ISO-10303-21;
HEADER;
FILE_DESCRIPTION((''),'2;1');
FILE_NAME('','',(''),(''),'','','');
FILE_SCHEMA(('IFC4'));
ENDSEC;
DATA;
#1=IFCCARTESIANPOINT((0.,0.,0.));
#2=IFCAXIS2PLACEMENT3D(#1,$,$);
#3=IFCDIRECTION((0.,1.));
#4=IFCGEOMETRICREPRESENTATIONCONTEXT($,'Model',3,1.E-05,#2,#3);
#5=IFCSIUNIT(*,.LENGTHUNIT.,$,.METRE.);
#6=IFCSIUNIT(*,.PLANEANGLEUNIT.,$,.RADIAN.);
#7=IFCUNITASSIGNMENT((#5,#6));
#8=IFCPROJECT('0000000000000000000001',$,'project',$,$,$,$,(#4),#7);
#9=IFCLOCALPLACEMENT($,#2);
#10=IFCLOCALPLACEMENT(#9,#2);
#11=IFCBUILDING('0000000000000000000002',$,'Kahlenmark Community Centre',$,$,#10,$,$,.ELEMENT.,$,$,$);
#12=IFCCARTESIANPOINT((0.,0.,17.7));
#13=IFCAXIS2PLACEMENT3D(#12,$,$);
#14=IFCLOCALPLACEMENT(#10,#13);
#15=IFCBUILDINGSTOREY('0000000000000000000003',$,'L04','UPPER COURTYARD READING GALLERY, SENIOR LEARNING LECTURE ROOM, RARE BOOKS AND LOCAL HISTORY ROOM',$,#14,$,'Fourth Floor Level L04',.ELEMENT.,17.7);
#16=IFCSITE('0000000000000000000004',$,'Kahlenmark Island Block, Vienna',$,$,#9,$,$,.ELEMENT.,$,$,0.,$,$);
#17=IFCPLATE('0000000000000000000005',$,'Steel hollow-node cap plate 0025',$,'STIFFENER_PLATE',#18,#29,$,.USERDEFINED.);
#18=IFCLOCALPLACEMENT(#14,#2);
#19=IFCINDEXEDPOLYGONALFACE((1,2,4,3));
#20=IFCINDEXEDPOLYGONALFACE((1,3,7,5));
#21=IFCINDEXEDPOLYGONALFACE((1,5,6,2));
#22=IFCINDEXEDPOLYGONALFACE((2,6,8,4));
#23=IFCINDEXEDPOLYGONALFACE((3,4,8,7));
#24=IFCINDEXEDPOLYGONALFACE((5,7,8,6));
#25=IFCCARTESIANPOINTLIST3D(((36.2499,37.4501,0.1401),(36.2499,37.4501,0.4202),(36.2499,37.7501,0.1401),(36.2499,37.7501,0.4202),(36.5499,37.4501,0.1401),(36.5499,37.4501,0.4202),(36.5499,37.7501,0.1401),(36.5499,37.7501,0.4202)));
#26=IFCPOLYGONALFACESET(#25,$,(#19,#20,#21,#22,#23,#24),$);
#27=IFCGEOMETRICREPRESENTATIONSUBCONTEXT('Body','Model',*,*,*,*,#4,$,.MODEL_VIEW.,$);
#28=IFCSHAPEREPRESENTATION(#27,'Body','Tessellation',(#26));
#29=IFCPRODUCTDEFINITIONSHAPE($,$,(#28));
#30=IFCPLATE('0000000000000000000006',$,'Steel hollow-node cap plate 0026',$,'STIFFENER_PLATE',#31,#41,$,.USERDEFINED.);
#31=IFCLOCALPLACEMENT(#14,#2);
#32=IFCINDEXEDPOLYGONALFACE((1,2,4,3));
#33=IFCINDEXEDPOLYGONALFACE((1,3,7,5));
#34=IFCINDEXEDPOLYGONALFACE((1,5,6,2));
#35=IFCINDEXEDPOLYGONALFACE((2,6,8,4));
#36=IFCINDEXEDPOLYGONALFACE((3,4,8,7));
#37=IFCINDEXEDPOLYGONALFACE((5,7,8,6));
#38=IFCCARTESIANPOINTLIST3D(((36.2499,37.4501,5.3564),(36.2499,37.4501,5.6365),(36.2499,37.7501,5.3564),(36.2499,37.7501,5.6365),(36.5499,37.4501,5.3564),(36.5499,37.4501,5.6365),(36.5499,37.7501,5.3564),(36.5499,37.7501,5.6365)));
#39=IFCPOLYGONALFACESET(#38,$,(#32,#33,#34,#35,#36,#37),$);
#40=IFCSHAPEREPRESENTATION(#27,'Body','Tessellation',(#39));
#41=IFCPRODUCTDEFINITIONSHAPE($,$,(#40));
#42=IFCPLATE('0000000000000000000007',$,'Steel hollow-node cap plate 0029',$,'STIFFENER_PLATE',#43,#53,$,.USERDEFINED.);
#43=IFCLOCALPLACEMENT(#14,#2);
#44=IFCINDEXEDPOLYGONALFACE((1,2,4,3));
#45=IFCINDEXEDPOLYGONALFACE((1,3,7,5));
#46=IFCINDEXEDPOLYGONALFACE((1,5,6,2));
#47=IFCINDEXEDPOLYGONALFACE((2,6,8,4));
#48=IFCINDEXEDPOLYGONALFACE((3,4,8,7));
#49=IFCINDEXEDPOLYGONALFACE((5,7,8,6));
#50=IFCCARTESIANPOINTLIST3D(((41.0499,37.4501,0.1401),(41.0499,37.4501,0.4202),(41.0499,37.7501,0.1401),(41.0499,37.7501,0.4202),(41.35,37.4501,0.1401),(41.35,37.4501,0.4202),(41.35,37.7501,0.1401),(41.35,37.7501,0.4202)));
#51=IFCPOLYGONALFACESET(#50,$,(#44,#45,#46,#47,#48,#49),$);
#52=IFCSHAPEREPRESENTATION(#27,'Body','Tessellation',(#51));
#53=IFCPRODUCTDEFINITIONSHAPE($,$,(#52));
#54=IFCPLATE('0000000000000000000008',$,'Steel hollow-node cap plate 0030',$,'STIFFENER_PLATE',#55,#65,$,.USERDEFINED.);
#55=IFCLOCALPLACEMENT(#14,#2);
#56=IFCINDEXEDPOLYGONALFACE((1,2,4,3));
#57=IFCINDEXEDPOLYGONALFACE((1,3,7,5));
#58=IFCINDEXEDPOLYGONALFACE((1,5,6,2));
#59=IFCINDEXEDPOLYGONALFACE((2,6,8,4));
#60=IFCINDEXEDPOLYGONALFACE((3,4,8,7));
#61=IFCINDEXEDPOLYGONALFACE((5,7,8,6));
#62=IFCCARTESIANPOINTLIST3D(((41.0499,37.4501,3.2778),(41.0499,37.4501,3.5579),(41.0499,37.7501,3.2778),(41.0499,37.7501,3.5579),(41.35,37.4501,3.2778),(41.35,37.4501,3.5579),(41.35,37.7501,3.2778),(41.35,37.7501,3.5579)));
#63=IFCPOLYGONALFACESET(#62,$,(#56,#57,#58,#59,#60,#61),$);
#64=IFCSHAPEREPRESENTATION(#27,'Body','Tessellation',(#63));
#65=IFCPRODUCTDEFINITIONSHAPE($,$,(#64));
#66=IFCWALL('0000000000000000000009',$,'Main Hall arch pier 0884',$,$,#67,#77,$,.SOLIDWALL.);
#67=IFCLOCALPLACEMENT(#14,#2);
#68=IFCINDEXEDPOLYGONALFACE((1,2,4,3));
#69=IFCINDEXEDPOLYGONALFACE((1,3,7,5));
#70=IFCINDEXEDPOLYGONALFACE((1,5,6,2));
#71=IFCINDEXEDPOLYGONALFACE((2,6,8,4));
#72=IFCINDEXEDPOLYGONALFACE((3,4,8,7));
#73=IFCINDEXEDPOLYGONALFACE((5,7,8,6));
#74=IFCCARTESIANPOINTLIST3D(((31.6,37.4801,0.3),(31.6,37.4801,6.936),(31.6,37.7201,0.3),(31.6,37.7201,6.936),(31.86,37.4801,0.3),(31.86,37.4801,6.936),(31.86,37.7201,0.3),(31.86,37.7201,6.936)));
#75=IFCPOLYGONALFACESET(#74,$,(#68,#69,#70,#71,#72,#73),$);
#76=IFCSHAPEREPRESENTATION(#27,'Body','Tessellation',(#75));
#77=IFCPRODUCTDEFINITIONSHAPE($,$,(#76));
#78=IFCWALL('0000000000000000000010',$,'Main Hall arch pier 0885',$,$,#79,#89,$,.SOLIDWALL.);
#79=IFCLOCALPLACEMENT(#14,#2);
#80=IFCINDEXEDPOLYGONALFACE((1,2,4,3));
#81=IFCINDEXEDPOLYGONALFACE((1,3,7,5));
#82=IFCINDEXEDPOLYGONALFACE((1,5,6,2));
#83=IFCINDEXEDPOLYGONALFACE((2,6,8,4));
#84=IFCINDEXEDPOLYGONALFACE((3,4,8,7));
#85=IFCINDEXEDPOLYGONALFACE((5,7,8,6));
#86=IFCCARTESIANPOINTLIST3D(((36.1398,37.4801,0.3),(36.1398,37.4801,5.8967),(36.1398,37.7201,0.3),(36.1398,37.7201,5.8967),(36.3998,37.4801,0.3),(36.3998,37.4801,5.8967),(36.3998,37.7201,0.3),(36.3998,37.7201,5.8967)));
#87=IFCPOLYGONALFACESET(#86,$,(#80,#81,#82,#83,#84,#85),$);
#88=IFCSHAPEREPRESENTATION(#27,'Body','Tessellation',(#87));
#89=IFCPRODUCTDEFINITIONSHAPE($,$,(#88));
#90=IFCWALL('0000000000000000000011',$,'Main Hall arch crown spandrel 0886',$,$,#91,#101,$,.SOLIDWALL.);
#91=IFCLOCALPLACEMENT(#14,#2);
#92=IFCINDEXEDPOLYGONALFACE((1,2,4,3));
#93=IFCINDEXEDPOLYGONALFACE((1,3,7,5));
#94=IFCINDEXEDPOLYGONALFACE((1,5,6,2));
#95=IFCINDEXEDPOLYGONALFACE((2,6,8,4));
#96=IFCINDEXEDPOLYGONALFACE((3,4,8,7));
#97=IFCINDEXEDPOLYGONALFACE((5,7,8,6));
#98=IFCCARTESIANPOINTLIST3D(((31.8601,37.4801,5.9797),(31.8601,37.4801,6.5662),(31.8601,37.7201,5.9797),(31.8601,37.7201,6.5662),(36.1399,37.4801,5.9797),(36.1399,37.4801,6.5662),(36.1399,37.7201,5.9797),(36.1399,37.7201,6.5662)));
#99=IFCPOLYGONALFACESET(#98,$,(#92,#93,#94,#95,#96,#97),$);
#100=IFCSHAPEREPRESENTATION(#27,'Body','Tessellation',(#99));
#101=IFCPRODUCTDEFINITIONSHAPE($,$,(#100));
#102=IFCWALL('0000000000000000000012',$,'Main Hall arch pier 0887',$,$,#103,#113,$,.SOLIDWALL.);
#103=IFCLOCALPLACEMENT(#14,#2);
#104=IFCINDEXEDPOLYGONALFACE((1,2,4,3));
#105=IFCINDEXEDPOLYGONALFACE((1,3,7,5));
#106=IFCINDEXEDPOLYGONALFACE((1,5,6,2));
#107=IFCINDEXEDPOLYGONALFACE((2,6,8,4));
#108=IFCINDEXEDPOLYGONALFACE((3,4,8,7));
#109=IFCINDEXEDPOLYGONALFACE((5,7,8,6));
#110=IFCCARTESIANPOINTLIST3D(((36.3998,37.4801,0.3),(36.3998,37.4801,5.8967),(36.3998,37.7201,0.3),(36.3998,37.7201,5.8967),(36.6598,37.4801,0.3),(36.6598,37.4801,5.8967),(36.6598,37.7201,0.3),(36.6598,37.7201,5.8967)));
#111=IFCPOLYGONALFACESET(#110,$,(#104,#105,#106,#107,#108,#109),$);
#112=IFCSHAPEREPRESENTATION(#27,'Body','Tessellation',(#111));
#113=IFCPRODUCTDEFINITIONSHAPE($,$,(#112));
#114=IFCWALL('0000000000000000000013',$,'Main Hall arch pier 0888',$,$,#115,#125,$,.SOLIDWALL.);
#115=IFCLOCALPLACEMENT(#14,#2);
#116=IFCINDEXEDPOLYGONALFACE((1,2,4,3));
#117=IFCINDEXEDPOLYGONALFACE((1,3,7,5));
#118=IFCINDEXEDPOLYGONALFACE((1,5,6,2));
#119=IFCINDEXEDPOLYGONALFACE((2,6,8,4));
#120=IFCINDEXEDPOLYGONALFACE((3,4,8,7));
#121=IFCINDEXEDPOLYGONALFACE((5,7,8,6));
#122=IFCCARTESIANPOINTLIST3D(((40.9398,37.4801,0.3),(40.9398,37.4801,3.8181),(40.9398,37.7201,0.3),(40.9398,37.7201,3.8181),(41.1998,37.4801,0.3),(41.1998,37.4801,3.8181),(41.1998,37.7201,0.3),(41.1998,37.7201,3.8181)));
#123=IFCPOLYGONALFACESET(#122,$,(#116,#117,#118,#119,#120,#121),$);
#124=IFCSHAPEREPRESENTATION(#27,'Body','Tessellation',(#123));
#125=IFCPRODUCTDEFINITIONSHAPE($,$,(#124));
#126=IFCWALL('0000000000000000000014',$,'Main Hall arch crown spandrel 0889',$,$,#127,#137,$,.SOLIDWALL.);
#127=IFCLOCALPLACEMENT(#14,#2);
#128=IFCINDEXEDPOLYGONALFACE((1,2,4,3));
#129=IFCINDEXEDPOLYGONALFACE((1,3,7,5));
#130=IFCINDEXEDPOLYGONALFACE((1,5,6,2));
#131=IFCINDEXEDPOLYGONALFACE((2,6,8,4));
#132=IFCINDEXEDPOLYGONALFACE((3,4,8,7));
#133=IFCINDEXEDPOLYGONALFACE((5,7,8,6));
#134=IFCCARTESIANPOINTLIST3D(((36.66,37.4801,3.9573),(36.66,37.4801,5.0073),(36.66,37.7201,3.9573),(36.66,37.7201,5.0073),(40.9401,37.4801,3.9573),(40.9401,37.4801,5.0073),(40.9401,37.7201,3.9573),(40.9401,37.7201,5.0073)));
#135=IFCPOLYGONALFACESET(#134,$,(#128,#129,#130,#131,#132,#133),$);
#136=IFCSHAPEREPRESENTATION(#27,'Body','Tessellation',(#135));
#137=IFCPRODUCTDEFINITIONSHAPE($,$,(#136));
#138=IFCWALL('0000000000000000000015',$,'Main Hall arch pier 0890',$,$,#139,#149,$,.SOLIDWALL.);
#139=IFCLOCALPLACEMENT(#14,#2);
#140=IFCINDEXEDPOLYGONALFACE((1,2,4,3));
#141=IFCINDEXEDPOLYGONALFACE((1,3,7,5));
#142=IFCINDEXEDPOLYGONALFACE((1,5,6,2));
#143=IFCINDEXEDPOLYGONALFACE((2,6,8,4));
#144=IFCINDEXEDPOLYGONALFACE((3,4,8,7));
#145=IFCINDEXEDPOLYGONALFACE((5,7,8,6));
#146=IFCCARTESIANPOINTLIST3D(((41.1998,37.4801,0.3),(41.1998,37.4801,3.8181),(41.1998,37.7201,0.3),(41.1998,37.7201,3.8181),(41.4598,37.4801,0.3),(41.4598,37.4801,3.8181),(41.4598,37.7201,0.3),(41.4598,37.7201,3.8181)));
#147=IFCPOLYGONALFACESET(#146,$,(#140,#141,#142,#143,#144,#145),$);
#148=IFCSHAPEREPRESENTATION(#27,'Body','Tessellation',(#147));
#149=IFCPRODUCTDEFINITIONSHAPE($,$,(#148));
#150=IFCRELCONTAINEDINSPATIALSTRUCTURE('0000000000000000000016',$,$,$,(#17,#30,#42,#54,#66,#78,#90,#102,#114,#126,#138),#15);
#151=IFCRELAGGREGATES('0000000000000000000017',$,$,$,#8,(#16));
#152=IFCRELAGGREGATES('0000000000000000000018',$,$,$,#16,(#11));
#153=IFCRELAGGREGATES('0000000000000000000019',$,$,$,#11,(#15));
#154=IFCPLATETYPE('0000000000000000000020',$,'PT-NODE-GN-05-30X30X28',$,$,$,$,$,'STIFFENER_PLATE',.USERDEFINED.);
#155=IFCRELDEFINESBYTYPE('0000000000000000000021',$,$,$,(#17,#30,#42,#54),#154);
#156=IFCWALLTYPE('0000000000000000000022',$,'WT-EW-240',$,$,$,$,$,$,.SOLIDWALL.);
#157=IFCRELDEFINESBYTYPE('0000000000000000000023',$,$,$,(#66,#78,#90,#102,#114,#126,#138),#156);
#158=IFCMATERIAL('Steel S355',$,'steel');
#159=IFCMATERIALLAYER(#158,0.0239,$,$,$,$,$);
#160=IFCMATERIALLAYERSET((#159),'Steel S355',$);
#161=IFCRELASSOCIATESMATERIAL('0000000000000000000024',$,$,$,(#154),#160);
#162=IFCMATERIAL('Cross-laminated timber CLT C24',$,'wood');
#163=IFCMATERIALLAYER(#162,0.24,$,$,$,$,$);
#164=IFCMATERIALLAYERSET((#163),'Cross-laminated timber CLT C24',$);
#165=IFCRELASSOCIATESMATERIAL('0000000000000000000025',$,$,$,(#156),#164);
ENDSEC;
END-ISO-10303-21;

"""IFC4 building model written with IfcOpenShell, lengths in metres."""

from ifc_helpers import new_model, si_unit, direction, frame, frame_2d, origin, origin_2d, place, context, subcontext, project, spatial, rectangle, extrude, material, layer, layer_set, type_object, element, save


model = new_model("IFC4")

# Units and contexts
model_context = context("Model", 3, precision=1e-05, world=origin(), true_north=direction((0.0, 1.0)))
body_context = subcontext(model_context, "Body", "Model", "MODEL_VIEW")
ifc_project = project(units=[si_unit("LENGTHUNIT", "METRE"), si_unit("PLANEANGLEUNIT", "RADIAN")], contexts=[model_context])

# Site, building, storey
site_placement = place(None, origin())
site = spatial("IfcSite", under=ifc_project, at=site_placement, Name="Kahlenmark Island Block, Vienna", CompositionType="ELEMENT", RefElevation=0.0)
building_placement = place(site_placement, origin())
building = spatial("IfcBuilding", under=site, at=building_placement, Name="Kahlenmark Community Centre", CompositionType="ELEMENT")
storey_placement = place(building_placement, frame((0.0, 0.0, 17.7)))
storey = spatial("IfcBuildingStorey", under=building, at=storey_placement, Name="L04", Description="UPPER COURTYARD READING GALLERY, SENIOR LEARNING LECTURE ROOM, RARE BOOKS AND LOCAL HISTORY ROOM", LongName="Fourth Floor Level L04", CompositionType="ELEMENT", Elevation=17.7)

# Shared definitions
ifc_material_1 = material(Name="Steel S355", Category="steel")

# Plates
ifc_layer_1 = layer(ifc_material_1, 0.0239)
ifc_layer_set_1 = layer_set([ifc_layer_1], Name="Steel S355")
plate_type_1 = type_object("IfcPlateType", Name="PT-NODE-GN-05-30X30X28", ElementType="STIFFENER_PLATE", PredefinedType="USERDEFINED", material=ifc_layer_set_1)
for number, where, z_axis, x_axis, name in (
    (1, (36.3999, 37.6001, 0.1401), (0.0, 0.0, 1.0), (1.0, 0.0, 0.0), "Steel hollow-node cap plate 0025"),
    (2, (36.3999, 37.6001, 5.3564), (0.0, 0.0, 1.0), (1.0, 0.0, 0.0), "Steel hollow-node cap plate 0026"),
    (3, (41.2, 37.6001, 0.1401), (0.0, 0.0, 1.0), (1.0, 0.0, 0.0), "Steel hollow-node cap plate 0029"),
    (4, (41.2, 37.6001, 3.2778), (0.0, 0.0, 1.0), (1.0, 0.0, 0.0), "Steel hollow-node cap plate 0030"),
):
    element("IfcPlate", number, at=place(storey_placement, frame(where, z_axis=z_axis, x_axis=x_axis)), inside=storey, type_object=plate_type_1, Name=name, ObjectType="STIFFENER_PLATE", PredefinedType="USERDEFINED", context=body_context, shape_type="SweptSolid", body=[
        extrude(rectangle(XDim=0.3, YDim=0.3, at=origin_2d()), origin(), (0.0, 0.0, 1.0), 0.28),
    ])

# Walls
ifc_material_2 = material(Name="Cross-laminated timber CLT C24", Category="wood")
ifc_layer_2 = layer(ifc_material_2, 0.24)
ifc_layer_set_2 = layer_set([ifc_layer_2], Name="Cross-laminated timber CLT C24")
wall_type = type_object("IfcWallType", Name="WT-EW-240", PredefinedType="SOLIDWALL", material=ifc_layer_set_2)
wall_1_placement = place(storey_placement, frame((31.6001, 37.6001, 0.3), z_axis=(0.0, 0.0, 1.0), x_axis=(1.0, 0.0, 0.0)))
element("IfcWall", 5, at=wall_1_placement, inside=storey, type_object=wall_type, Name="Main Hall arch pier 0884", PredefinedType="SOLIDWALL", context=body_context, shape_type="SweptSolid", body=[
    extrude(rectangle(XDim=0.26, YDim=0.24, at=frame_2d((0.1299, 0.0))), origin(), (0.0, 0.0, 1.0), 6.636),
])
wall_2_placement = place(storey_placement, frame((36.1399, 37.6001, 0.3), z_axis=(0.0, 0.0, 1.0), x_axis=(1.0, 0.0, 0.0)))
element("IfcWall", 6, at=wall_2_placement, inside=storey, type_object=wall_type, Name="Main Hall arch pier 0885", PredefinedType="SOLIDWALL", context=body_context, shape_type="SweptSolid", body=[
    extrude(rectangle(XDim=0.26, YDim=0.24, at=frame_2d((0.1299, 0.0))), origin(), (0.0, 0.0, 1.0), 5.5967),
])
wall_3_placement = place(storey_placement, frame((31.8601, 37.6001, 5.9797), z_axis=(0.0, 0.0, 1.0), x_axis=(1.0, 0.0, 0.0)))
element("IfcWall", 7, at=wall_3_placement, inside=storey, type_object=wall_type, Name="Main Hall arch crown spandrel 0886", PredefinedType="SOLIDWALL", context=body_context, shape_type="SweptSolid", body=[
    extrude(rectangle(XDim=4.2798, YDim=0.24, at=frame_2d((2.1399, 0.0))), origin(), (0.0, 0.0, 1.0), 0.5864),
])
wall_4_placement = place(storey_placement, frame((36.3999, 37.6001, 0.3), z_axis=(0.0, 0.0, 1.0), x_axis=(1.0, 0.0, 0.0)))
element("IfcWall", 8, at=wall_4_placement, inside=storey, type_object=wall_type, Name="Main Hall arch pier 0887", PredefinedType="SOLIDWALL", context=body_context, shape_type="SweptSolid", body=[
    extrude(rectangle(XDim=0.26, YDim=0.24, at=frame_2d((0.1299, 0.0))), origin(), (0.0, 0.0, 1.0), 5.5967),
])
wall_5_placement = place(storey_placement, frame((40.9399, 37.6001, 0.3), z_axis=(0.0, 0.0, 1.0), x_axis=(1.0, 0.0, 0.0)))
element("IfcWall", 9, at=wall_5_placement, inside=storey, type_object=wall_type, Name="Main Hall arch pier 0888", PredefinedType="SOLIDWALL", context=body_context, shape_type="SweptSolid", body=[
    extrude(rectangle(XDim=0.26, YDim=0.24, at=frame_2d((0.1299, 0.0))), origin(), (0.0, 0.0, 1.0), 3.5181),
])
wall_6_placement = place(storey_placement, frame((36.6599, 37.6001, 3.9573), z_axis=(0.0, 0.0, 1.0), x_axis=(1.0, 0.0, 0.0)))
element("IfcWall", 10, at=wall_6_placement, inside=storey, type_object=wall_type, Name="Main Hall arch crown spandrel 0889", PredefinedType="SOLIDWALL", context=body_context, shape_type="SweptSolid", body=[
    extrude(rectangle(XDim=4.28, YDim=0.24, at=frame_2d((2.1401, 0.0))), origin(), (0.0, 0.0, 1.0), 1.05),
])
wall_7_placement = place(storey_placement, frame((41.2, 37.6001, 0.3), z_axis=(0.0, 0.0, 1.0), x_axis=(1.0, 0.0, 0.0)))
element("IfcWall", 11, at=wall_7_placement, inside=storey, type_object=wall_type, Name="Main Hall arch pier 0890", PredefinedType="SOLIDWALL", context=body_context, shape_type="SweptSolid", body=[
    extrude(rectangle(XDim=0.26, YDim=0.24, at=frame_2d((0.1299, 0.0))), origin(), (0.0, 0.0, 1.0), 3.5181),
])

save(model, "model.ifc")
